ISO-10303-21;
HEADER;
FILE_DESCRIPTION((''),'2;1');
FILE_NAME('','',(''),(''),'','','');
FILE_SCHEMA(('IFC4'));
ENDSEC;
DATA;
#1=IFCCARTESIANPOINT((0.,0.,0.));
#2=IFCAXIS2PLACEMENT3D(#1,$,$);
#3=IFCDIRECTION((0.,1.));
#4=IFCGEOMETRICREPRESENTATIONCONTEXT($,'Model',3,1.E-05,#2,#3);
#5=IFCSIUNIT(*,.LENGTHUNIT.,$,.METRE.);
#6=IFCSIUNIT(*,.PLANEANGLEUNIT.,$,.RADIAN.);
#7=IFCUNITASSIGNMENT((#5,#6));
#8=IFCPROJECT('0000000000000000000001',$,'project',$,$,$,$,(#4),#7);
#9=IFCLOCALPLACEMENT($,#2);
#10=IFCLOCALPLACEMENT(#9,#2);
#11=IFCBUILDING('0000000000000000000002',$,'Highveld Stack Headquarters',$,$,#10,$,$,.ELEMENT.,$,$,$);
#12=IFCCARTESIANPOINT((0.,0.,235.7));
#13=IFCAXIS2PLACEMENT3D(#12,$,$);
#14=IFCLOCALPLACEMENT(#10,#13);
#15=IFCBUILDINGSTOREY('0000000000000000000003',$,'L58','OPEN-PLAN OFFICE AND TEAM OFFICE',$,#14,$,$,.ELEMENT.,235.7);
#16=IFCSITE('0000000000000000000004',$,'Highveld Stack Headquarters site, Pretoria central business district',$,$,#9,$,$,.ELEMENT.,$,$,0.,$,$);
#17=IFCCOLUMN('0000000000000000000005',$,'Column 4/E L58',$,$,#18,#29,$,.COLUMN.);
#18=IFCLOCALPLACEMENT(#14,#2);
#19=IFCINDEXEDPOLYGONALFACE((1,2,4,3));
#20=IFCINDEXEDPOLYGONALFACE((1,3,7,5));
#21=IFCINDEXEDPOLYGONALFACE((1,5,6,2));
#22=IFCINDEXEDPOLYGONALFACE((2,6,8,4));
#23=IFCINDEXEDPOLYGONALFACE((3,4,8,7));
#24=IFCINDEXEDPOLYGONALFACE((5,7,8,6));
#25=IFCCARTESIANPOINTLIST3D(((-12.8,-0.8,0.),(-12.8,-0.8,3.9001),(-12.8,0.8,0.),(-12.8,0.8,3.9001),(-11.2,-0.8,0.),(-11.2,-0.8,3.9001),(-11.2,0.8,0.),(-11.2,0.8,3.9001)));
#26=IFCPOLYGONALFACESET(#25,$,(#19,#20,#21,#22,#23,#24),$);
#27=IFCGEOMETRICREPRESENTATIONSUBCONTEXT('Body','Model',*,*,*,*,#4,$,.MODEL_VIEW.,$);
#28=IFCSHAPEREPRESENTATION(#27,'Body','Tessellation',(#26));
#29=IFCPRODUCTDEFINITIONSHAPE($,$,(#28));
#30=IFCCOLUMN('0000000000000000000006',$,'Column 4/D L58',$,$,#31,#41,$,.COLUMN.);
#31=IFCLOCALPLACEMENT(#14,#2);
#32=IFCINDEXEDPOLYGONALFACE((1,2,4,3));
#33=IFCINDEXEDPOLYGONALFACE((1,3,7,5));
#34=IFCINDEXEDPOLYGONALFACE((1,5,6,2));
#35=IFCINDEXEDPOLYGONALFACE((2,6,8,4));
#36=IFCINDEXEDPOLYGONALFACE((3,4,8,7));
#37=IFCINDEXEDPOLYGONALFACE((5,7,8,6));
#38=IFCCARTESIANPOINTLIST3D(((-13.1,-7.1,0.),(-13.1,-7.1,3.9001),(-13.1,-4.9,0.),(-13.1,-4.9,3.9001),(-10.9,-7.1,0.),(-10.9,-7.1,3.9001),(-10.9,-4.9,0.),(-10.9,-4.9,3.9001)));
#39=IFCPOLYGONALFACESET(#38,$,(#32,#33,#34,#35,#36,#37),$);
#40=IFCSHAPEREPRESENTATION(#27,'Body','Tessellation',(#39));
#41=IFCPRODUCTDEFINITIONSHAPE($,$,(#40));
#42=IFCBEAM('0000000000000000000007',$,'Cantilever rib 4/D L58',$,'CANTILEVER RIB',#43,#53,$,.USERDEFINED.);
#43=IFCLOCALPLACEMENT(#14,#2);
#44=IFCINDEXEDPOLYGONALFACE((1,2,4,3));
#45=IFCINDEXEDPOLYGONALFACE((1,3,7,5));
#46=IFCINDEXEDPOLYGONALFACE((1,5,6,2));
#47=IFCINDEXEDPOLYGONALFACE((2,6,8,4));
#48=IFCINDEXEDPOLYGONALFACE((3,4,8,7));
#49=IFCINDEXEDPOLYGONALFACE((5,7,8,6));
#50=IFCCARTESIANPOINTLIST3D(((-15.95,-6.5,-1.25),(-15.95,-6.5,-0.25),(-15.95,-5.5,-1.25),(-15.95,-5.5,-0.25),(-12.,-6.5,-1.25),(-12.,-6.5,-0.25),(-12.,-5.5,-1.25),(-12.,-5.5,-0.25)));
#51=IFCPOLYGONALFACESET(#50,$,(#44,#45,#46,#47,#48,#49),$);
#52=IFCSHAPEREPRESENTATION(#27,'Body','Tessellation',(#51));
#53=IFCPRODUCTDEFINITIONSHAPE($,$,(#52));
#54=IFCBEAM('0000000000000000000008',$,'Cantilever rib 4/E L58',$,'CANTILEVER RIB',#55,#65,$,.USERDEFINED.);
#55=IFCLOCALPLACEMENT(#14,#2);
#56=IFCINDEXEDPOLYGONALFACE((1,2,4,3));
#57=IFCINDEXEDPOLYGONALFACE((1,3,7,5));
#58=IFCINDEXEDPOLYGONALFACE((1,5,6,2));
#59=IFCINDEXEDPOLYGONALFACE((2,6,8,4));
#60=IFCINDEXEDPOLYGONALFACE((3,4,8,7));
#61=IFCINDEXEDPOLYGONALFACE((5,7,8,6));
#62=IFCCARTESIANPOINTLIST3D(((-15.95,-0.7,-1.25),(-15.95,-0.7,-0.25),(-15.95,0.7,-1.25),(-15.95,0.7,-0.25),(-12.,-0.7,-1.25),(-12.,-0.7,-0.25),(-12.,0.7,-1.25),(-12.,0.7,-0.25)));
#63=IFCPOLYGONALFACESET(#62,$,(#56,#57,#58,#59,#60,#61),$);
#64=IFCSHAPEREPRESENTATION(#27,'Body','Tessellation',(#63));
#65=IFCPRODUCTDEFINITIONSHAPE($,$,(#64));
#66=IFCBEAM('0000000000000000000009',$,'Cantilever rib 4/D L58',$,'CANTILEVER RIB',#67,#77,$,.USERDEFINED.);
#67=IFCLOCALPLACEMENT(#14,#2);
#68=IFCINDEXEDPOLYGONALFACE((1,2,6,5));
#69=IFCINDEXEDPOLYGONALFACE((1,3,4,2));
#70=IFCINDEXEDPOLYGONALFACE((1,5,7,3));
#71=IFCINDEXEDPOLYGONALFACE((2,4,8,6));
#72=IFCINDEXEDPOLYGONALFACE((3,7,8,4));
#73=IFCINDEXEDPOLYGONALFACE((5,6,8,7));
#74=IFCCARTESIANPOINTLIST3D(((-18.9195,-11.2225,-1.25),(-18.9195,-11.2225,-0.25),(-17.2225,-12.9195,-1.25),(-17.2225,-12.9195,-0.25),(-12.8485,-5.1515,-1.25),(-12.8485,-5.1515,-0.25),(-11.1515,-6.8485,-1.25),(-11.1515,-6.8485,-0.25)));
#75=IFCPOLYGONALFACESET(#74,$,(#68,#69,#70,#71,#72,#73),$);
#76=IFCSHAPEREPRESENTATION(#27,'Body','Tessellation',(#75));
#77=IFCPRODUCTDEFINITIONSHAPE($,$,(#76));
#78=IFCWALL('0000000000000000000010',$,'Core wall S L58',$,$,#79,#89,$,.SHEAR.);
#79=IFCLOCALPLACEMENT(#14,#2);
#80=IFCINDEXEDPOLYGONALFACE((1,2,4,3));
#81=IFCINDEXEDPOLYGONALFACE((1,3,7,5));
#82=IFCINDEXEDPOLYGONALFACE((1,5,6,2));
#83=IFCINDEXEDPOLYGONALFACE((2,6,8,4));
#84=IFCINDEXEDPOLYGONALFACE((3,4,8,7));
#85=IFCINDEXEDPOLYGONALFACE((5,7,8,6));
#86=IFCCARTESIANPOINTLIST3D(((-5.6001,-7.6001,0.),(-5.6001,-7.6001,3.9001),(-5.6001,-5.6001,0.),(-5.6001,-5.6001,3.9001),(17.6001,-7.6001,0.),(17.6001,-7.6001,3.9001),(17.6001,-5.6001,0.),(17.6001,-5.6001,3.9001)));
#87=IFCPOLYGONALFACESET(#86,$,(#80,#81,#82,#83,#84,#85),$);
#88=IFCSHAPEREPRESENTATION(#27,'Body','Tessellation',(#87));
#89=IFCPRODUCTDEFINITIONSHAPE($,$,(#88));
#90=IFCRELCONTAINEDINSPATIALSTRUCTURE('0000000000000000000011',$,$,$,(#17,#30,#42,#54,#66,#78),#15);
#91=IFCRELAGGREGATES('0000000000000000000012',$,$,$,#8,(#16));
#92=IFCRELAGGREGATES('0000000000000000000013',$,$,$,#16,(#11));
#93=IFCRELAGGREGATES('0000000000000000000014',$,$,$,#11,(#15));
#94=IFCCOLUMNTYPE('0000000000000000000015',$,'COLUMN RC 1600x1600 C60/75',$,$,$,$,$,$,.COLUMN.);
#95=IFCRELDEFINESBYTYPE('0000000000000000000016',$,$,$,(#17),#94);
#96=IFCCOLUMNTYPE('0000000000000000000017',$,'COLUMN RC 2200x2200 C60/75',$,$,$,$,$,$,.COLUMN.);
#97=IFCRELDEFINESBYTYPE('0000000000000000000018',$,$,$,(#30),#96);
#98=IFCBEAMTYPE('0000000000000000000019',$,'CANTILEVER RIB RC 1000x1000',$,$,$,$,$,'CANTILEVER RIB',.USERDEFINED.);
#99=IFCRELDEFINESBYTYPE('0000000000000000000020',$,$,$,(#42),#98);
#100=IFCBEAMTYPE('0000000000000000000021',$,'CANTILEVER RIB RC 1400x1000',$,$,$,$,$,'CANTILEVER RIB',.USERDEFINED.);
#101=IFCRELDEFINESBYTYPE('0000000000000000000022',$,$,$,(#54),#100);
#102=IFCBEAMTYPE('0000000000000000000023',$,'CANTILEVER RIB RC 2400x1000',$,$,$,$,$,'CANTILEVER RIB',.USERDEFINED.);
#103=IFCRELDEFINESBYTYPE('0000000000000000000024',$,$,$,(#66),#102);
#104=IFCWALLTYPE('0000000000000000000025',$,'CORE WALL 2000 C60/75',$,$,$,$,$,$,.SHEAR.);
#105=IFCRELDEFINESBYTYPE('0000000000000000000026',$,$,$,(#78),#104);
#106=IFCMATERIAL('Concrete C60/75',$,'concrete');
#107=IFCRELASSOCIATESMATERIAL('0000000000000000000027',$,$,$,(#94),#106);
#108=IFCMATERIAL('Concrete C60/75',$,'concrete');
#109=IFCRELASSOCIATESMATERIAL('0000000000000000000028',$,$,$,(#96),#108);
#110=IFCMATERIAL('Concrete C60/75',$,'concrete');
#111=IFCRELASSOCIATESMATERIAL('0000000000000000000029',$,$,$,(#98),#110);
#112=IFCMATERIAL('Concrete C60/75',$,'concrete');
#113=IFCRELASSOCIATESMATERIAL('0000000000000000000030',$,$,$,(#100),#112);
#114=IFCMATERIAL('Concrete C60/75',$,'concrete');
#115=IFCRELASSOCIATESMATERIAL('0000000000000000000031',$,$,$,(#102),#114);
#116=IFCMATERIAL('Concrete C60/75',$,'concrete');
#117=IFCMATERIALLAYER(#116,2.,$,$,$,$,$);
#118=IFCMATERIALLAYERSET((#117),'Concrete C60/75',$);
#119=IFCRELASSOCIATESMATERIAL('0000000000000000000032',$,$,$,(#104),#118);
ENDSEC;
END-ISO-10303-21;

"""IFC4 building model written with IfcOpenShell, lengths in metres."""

from ifc_helpers import new_model, si_unit, direction, frame, frame_2d, origin, origin_2d, place, context, subcontext, project, spatial, rectangle, extrude, material, layer, layer_set, material_profile, profile_set, type_object, element, save


model = new_model("IFC4")

# Units and contexts
model_context = context("Model", 3, precision=1e-05, world=origin(), true_north=direction((0.0, 1.0)))
body_context = subcontext(model_context, "Body", "Model", "MODEL_VIEW")
ifc_project = project(units=[si_unit("LENGTHUNIT", "METRE"), si_unit("PLANEANGLEUNIT", "RADIAN")], contexts=[model_context])

# Site, building, storey
site_placement = place(None, origin())
site = spatial("IfcSite", under=ifc_project, at=site_placement, Name="Highveld Stack Headquarters site, Pretoria central business district", CompositionType="ELEMENT", RefElevation=0.0)
building_placement = place(site_placement, origin())
building = spatial("IfcBuilding", under=site, at=building_placement, Name="Highveld Stack Headquarters", CompositionType="ELEMENT")
storey_placement = place(building_placement, frame((0.0, 0.0, 235.7)))
storey = spatial("IfcBuildingStorey", under=building, at=storey_placement, Name="L58", Description="OPEN-PLAN OFFICE AND TEAM OFFICE", CompositionType="ELEMENT", Elevation=235.7)

# Columns
ifc_material_1 = material(Name="Concrete C60/75", Category="concrete")
ifc_material_profile_1 = material_profile(ifc_material_1, rectangle(XDim=1.6001, YDim=1.6001, at=origin_2d()), Name="RC 1600x1600")
ifc_profile_set_1 = profile_set([ifc_material_profile_1], Name="Concrete C60/75")
column_type_1 = type_object("IfcColumnType", Name="COLUMN RC 1600x1600 C60/75", PredefinedType="COLUMN", material=ifc_profile_set_1)
column_1_placement = place(storey_placement, frame((-12.0, 0.0, 0.0), z_axis=(0.0, 0.0, 1.0), x_axis=(1.0, 0.0, 0.0)))
element("IfcColumn", 1, at=column_1_placement, inside=storey, type_object=column_type_1, Name="Column 4/E L58", PredefinedType="COLUMN", context=body_context, shape_type="SweptSolid", body=[
    extrude(rectangle(XDim=1.6001, YDim=1.6001, at=origin_2d()), origin(), (0.0, 0.0, 1.0), 3.9001),
])
ifc_material_2 = material(Name="Concrete C60/75", Category="concrete")
ifc_material_profile_2 = material_profile(ifc_material_2, rectangle(XDim=2.2, YDim=2.2, at=origin_2d()), Name="RC 2200x2200")
ifc_profile_set_2 = profile_set([ifc_material_profile_2], Name="Concrete C60/75")
column_type_2 = type_object("IfcColumnType", Name="COLUMN RC 2200x2200 C60/75", PredefinedType="COLUMN", material=ifc_profile_set_2)
column_2_placement = place(storey_placement, frame((-12.0, -6.0, 0.0), z_axis=(0.0, 0.0, 1.0), x_axis=(1.0, 0.0, 0.0)))
element("IfcColumn", 2, at=column_2_placement, inside=storey, type_object=column_type_2, Name="Column 4/D L58", PredefinedType="COLUMN", context=body_context, shape_type="SweptSolid", body=[
    extrude(rectangle(XDim=2.2, YDim=2.2, at=origin_2d()), origin(), (0.0, 0.0, 1.0), 3.9001),
])

# Beams
ifc_material_3 = material(Name="Concrete C60/75", Category="concrete")
ifc_material_profile_3 = material_profile(ifc_material_3, rectangle(XDim=1.0, YDim=1.0, at=origin_2d()), Name="RC 1000x1000")
ifc_profile_set_3 = profile_set([ifc_material_profile_3], Name="Concrete C60/75")
beam_type_1 = type_object("IfcBeamType", Name="CANTILEVER RIB RC 1000x1000", ElementType="CANTILEVER RIB", PredefinedType="USERDEFINED", material=ifc_profile_set_3)
beam_1_placement = place(storey_placement, frame((-12.0, -6.0, -0.75), z_axis=(-1.0, 0.0, 0.0), x_axis=(0.0, -1.0, 0.0)))
element("IfcBeam", 3, at=beam_1_placement, inside=storey, type_object=beam_type_1, Name="Cantilever rib 4/D L58", ObjectType="CANTILEVER RIB", PredefinedType="USERDEFINED", context=body_context, shape_type="SweptSolid", body=[
    extrude(rectangle(XDim=1.0, YDim=1.0, at=origin_2d()), origin(), (0.0, 0.0, 1.0), 3.95),
])
ifc_material_4 = material(Name="Concrete C60/75", Category="concrete")
ifc_material_profile_4 = material_profile(ifc_material_4, rectangle(XDim=1.3999, YDim=1.0, at=origin_2d()), Name="RC 1400x1000")
ifc_profile_set_4 = profile_set([ifc_material_profile_4], Name="Concrete C60/75")
beam_type_2 = type_object("IfcBeamType", Name="CANTILEVER RIB RC 1400x1000", ElementType="CANTILEVER RIB", PredefinedType="USERDEFINED", material=ifc_profile_set_4)
beam_2_placement = place(storey_placement, frame((-12.0, 0.0, -0.75), z_axis=(-1.0, 0.0, 0.0), x_axis=(0.0, -1.0, 0.0)))
element("IfcBeam", 4, at=beam_2_placement, inside=storey, type_object=beam_type_2, Name="Cantilever rib 4/E L58", ObjectType="CANTILEVER RIB", PredefinedType="USERDEFINED", context=body_context, shape_type="SweptSolid", body=[
    extrude(rectangle(XDim=1.3999, YDim=1.0, at=origin_2d()), origin(), (0.0, 0.0, 1.0), 3.95),
])
ifc_material_5 = material(Name="Concrete C60/75", Category="concrete")
ifc_material_profile_5 = material_profile(ifc_material_5, rectangle(XDim=2.3999, YDim=1.0, at=origin_2d()), Name="RC 2400x1000")
ifc_profile_set_5 = profile_set([ifc_material_profile_5], Name="Concrete C60/75")
beam_type_3 = type_object("IfcBeamType", Name="CANTILEVER RIB RC 2400x1000", ElementType="CANTILEVER RIB", PredefinedType="USERDEFINED", material=ifc_profile_set_5)
beam_3_placement = place(storey_placement, frame((-12.0, -6.0, -0.75), z_axis=(-0.707107, -0.707107, 0.0), x_axis=(0.707107, -0.707107, 0.0)))
element("IfcBeam", 5, at=beam_3_placement, inside=storey, type_object=beam_type_3, Name="Cantilever rib 4/D L58", ObjectType="CANTILEVER RIB", PredefinedType="USERDEFINED", context=body_context, shape_type="SweptSolid", body=[
    extrude(rectangle(XDim=2.3999, YDim=1.0, at=origin_2d()), origin(), (0.0, 0.0, 1.0), 8.5857),
])

# Wall
ifc_material_6 = material(Name="Concrete C60/75", Category="concrete")
ifc_layer_1 = layer(ifc_material_6, 2.0)
ifc_layer_set_1 = layer_set([ifc_layer_1], Name="Concrete C60/75")
wall_type_1 = type_object("IfcWallType", Name="CORE WALL 2000 C60/75", PredefinedType="SHEAR", material=ifc_layer_set_1)
wall_1_placement = place(storey_placement, frame((-5.6001, -6.6001, 0.0), z_axis=(0.0, 0.0, 1.0), x_axis=(1.0, 0.0, 0.0)))
element("IfcWall", 6, at=wall_1_placement, inside=storey, type_object=wall_type_1, Name="Core wall S L58", PredefinedType="SHEAR", context=body_context, shape_type="SweptSolid", body=[
    extrude(rectangle(XDim=23.2002, YDim=2.0, at=frame_2d((11.6001, 0.0))), origin(), (0.0, 0.0, 1.0), 3.9001),
])

save(model, "model.ifc")
